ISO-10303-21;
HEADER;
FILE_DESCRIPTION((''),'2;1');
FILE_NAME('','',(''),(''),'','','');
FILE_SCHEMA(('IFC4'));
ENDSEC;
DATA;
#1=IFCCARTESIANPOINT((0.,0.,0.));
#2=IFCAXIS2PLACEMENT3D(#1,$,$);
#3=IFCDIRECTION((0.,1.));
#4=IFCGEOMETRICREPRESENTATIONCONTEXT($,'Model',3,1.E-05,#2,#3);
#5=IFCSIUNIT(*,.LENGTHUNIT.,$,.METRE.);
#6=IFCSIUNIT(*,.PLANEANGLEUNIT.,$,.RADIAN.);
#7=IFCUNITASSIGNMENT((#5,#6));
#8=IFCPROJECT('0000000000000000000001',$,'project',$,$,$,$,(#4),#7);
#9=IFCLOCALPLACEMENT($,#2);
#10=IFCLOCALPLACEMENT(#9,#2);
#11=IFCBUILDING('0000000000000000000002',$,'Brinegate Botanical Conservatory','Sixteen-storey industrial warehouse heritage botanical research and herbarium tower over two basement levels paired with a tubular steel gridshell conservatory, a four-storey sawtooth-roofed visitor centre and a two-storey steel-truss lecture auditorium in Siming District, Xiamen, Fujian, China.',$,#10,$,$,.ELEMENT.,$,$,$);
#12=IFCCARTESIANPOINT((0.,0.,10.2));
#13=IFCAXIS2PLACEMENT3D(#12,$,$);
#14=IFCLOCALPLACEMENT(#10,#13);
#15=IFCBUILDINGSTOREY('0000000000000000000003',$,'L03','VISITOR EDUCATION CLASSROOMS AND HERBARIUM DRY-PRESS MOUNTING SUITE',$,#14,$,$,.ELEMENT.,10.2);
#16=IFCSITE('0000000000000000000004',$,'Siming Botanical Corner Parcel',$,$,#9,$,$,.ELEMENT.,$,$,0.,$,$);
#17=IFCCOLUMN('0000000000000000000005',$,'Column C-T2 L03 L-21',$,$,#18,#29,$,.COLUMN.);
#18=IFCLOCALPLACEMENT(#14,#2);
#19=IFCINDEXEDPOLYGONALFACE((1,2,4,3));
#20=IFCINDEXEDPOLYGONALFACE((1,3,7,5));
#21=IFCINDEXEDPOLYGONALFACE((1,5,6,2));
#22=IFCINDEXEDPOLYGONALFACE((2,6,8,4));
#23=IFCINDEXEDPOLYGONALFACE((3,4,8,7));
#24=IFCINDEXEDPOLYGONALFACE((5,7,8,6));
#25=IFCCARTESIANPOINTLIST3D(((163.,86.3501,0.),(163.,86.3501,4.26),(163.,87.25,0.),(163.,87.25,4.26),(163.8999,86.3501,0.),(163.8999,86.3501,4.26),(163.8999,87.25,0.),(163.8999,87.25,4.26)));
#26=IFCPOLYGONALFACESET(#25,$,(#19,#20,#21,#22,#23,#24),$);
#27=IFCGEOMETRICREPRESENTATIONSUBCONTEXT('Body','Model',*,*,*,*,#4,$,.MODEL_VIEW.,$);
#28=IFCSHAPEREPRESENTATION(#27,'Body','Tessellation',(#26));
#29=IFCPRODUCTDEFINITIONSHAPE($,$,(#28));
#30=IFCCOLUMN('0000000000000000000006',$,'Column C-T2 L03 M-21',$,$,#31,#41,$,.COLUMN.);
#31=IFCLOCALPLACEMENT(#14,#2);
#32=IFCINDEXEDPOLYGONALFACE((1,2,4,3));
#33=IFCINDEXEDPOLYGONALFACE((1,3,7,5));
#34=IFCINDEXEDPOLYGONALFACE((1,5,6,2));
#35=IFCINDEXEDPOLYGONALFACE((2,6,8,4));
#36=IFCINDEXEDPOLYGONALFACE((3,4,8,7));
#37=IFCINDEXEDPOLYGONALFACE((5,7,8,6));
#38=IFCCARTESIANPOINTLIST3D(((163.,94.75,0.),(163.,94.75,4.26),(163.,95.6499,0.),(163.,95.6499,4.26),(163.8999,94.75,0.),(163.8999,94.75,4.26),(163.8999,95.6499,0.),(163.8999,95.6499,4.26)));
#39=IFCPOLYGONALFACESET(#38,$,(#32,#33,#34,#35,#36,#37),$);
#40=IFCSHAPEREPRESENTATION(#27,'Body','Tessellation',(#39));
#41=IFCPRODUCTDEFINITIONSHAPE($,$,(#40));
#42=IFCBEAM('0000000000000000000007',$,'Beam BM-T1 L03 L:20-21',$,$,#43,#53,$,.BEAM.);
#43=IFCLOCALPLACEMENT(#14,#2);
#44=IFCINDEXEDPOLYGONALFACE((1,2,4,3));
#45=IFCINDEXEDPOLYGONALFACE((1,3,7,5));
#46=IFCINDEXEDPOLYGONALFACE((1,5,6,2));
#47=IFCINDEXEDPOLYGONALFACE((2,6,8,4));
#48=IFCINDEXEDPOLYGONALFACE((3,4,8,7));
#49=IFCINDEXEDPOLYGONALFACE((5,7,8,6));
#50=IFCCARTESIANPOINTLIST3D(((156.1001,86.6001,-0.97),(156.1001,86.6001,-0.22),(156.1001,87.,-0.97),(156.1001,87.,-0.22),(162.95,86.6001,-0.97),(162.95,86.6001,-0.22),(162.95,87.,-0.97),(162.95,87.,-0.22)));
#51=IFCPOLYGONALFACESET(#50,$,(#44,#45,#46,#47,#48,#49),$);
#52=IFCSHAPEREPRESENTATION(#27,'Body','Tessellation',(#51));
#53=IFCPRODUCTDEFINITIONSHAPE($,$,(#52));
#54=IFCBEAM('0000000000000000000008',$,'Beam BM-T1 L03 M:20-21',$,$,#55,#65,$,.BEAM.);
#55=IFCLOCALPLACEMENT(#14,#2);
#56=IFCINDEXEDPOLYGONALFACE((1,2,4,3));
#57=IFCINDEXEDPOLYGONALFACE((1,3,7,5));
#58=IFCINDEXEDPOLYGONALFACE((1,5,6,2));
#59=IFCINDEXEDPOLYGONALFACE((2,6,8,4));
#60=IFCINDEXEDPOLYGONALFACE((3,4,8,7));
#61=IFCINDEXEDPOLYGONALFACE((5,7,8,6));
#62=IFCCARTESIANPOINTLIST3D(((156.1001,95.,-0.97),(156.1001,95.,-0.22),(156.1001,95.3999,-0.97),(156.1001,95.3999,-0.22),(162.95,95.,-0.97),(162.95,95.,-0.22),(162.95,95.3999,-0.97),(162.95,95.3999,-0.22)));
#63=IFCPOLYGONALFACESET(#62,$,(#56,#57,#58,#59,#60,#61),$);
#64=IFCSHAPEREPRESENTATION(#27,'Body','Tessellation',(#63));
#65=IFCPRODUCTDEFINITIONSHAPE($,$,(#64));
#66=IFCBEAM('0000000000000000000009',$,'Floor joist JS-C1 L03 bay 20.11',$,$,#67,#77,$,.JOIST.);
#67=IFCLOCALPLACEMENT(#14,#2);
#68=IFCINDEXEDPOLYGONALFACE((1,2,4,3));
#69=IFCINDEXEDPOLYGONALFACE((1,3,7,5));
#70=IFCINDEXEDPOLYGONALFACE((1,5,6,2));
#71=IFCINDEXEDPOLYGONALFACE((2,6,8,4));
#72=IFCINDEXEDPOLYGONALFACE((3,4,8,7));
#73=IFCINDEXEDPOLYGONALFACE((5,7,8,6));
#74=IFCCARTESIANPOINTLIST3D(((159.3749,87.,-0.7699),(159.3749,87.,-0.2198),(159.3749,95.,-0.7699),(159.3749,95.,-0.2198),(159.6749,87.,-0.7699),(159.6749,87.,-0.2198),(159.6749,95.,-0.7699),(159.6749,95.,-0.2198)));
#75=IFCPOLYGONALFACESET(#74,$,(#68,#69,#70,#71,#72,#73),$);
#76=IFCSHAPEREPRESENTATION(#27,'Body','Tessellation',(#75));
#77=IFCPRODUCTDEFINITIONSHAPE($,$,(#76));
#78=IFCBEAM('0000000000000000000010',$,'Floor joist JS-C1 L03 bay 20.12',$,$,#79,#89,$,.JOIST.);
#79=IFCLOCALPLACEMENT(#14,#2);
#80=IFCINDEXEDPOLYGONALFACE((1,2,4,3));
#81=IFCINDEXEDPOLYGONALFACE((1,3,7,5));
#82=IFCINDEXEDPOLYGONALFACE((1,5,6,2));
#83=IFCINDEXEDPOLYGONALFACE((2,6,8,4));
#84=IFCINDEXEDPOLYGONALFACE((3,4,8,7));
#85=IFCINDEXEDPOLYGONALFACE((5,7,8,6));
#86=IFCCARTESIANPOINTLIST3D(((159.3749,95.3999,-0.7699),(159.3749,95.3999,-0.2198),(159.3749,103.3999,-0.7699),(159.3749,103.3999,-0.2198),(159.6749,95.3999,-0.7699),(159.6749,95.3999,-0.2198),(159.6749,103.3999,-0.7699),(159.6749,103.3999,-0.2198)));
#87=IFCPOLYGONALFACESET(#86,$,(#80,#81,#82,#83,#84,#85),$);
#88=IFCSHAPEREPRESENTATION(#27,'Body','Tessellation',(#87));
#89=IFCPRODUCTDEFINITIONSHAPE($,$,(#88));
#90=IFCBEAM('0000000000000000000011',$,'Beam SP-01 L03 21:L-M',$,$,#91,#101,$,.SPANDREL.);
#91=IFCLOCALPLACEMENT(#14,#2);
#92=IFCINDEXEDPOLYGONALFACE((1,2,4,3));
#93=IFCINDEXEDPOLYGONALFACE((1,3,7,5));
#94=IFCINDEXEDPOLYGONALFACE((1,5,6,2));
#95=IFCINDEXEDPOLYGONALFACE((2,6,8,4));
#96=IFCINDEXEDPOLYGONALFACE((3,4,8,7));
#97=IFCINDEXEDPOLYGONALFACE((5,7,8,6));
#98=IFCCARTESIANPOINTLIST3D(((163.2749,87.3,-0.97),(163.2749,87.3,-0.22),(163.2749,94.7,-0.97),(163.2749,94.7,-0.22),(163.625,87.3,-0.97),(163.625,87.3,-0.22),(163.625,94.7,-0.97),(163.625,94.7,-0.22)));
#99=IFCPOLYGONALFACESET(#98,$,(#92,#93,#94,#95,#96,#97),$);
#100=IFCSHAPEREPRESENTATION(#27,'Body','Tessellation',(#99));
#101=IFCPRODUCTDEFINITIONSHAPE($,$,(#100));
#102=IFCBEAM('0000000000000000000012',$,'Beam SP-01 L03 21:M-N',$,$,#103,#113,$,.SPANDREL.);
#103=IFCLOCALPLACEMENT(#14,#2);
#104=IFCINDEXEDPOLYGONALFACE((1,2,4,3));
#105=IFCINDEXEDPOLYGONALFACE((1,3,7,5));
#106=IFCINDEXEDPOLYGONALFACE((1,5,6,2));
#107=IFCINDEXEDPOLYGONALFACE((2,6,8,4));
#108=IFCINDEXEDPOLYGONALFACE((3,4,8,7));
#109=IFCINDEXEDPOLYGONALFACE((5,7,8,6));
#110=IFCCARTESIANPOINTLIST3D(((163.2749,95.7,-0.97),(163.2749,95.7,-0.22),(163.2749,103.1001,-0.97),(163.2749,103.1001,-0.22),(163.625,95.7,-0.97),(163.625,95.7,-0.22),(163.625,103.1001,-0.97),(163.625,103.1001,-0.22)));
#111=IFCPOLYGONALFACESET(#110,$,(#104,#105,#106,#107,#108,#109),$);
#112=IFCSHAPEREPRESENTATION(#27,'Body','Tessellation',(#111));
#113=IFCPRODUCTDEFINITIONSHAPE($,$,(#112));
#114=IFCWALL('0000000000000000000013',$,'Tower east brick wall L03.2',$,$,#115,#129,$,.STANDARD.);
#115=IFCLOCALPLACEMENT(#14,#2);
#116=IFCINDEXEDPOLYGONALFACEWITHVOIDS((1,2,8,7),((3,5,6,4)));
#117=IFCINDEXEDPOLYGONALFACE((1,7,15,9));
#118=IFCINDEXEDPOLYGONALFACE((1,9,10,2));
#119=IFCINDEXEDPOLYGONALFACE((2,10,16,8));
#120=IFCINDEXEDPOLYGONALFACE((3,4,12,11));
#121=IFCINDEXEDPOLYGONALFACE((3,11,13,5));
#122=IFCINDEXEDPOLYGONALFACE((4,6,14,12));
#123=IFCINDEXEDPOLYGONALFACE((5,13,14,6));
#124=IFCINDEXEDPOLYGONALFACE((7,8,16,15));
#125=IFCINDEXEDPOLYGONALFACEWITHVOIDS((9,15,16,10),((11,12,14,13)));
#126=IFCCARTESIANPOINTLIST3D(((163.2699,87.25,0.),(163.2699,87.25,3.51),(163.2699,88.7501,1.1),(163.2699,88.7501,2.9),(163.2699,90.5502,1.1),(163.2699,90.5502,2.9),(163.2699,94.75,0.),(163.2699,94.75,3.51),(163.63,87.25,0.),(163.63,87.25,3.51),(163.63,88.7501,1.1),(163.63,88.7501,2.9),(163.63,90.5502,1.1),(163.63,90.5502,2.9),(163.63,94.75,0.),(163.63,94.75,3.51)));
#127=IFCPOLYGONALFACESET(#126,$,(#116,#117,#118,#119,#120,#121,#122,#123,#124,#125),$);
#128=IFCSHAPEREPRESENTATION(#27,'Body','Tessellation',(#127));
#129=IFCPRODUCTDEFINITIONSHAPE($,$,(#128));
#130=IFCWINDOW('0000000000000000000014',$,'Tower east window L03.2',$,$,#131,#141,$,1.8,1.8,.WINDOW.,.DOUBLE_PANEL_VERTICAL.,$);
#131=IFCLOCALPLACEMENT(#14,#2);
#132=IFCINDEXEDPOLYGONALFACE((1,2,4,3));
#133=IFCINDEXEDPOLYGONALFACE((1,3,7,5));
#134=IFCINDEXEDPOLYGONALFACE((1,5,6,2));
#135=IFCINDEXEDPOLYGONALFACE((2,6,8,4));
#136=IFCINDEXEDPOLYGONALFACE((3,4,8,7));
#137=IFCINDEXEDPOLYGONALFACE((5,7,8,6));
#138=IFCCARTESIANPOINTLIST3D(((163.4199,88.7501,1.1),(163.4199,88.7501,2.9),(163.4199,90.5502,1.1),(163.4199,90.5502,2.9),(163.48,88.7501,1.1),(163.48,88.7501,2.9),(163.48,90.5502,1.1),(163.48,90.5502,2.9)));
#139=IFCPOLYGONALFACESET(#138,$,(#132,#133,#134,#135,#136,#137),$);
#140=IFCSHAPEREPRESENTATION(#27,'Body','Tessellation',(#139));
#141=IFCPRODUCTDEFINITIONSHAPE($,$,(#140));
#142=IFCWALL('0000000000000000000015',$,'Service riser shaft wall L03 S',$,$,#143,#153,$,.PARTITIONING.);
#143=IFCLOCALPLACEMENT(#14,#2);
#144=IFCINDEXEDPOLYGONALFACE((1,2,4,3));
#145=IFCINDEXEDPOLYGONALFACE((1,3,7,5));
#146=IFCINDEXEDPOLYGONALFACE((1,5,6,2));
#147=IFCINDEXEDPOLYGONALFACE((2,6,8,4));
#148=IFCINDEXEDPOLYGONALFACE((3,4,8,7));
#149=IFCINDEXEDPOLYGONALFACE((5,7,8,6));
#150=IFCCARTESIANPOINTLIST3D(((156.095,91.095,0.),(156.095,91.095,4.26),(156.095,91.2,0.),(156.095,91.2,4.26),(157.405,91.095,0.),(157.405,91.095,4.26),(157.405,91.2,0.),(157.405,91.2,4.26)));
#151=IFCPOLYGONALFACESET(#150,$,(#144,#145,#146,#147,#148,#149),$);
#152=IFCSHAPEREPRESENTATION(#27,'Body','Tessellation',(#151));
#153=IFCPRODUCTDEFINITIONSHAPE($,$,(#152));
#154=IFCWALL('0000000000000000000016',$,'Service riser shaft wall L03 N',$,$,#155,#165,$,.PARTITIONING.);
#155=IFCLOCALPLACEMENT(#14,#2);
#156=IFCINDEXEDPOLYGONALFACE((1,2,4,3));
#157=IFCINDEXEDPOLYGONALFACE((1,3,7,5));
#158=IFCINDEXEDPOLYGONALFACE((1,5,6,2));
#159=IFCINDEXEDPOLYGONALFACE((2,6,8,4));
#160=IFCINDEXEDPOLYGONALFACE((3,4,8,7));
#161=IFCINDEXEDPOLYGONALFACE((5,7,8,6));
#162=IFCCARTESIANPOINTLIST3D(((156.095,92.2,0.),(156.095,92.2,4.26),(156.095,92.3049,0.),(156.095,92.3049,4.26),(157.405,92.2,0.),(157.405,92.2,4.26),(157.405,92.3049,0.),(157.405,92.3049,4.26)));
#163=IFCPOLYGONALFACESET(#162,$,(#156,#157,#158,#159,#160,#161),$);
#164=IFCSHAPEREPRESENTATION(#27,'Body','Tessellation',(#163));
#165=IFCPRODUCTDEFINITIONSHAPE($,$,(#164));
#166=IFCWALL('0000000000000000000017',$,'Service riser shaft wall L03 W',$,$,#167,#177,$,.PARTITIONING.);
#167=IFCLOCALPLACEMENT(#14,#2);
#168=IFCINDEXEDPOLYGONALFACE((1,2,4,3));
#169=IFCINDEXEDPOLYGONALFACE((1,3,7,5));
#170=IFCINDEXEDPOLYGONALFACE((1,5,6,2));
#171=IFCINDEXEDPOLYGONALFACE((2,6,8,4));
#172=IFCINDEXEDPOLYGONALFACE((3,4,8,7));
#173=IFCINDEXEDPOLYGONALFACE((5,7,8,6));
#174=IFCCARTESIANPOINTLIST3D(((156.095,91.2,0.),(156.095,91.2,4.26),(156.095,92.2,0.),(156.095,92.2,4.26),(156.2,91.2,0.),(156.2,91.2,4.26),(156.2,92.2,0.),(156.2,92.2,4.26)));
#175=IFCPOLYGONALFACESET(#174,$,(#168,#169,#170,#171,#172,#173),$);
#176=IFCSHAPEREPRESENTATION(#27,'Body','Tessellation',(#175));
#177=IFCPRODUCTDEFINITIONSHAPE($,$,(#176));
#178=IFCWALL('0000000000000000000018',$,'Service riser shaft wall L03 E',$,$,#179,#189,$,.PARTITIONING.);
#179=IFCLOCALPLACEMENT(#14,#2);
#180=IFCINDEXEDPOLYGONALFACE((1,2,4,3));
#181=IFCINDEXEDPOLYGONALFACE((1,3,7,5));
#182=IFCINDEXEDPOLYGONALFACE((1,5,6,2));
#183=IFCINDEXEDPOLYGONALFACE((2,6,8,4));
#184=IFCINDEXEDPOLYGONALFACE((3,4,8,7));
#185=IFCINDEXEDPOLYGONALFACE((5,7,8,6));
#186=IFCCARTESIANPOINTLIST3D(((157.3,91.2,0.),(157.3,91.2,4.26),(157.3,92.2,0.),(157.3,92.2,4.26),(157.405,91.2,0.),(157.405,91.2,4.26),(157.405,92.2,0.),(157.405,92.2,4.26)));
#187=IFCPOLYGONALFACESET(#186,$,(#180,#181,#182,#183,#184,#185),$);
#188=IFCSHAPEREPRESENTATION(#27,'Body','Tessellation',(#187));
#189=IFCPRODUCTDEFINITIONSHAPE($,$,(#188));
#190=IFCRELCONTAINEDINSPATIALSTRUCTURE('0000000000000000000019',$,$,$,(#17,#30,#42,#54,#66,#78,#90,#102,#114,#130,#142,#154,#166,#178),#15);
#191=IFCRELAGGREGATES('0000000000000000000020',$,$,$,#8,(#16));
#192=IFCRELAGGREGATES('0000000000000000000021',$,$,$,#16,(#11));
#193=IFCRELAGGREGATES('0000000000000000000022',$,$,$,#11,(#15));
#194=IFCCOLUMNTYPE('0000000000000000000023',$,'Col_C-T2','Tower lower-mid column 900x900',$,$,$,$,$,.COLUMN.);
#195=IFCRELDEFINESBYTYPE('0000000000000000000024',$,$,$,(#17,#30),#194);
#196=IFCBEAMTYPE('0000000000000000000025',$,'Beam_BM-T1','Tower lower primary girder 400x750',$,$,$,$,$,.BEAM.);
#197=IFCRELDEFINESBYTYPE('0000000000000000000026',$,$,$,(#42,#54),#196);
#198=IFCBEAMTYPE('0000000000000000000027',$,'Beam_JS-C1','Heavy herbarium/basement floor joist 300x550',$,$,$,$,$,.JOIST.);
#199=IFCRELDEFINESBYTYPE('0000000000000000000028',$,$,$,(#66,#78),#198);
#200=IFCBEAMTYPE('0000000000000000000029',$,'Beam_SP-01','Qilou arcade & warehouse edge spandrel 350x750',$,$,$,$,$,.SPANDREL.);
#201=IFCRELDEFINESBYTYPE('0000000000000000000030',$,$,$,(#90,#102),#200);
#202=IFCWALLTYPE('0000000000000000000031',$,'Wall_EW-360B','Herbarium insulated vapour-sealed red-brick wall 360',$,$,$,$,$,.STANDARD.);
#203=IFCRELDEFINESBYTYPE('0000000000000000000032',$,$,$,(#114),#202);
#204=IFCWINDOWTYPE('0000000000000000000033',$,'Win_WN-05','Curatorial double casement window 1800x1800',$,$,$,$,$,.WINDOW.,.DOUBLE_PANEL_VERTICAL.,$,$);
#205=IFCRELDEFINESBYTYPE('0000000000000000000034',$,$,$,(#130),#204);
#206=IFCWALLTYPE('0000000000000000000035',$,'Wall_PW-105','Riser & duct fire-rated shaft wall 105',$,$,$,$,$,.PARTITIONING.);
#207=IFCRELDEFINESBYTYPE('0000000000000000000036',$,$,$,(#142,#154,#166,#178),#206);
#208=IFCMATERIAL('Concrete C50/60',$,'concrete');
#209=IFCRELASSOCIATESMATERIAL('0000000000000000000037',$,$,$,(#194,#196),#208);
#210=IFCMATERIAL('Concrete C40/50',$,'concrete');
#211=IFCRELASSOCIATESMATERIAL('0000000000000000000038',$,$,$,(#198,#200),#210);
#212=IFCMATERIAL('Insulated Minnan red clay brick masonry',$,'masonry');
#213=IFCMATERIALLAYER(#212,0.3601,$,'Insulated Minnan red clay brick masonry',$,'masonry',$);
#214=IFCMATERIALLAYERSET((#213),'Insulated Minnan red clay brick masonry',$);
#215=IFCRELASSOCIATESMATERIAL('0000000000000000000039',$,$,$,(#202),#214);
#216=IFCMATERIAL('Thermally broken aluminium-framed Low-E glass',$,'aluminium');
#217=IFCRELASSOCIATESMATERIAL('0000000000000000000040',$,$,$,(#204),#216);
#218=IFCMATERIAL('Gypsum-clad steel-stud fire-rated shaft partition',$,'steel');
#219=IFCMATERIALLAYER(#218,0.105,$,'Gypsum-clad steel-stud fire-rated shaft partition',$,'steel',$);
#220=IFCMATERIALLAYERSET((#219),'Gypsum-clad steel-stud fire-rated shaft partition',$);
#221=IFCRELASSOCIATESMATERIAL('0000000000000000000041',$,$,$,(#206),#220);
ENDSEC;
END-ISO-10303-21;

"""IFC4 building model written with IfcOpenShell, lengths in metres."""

from ifc_helpers import new_model, si_unit, direction, frame, frame_2d, origin, origin_2d, place, context, subcontext, project, spatial, rectangle, extrude, material, layer, layer_set, material_profile, profile_set, type_object, element, fill, save


model = new_model("IFC4")

# Units and contexts
model_context = context("Model", 3, precision=1e-05, world=origin(), true_north=direction((0.0, 1.0)))
body_context = subcontext(model_context, "Body", "Model", "MODEL_VIEW")
ifc_project = project(units=[si_unit("LENGTHUNIT", "METRE"), si_unit("PLANEANGLEUNIT", "RADIAN")], contexts=[model_context])

# Site, building, storey
site_placement = place(None, origin())
site = spatial("IfcSite", under=ifc_project, at=site_placement, Name="Siming Botanical Corner Parcel", CompositionType="ELEMENT", RefElevation=0.0)
building_placement = place(site_placement, origin())
building = spatial("IfcBuilding", under=site, at=building_placement, Name="Brinegate Botanical Conservatory", Description="Sixteen-storey industrial warehouse heritage botanical research and herbarium tower over two basement levels paired with a tubular steel gridshell conservatory, a four-storey sawtooth-roofed visitor centre and a two-storey steel-truss lecture auditorium in Siming District, Xiamen, Fujian, China.", CompositionType="ELEMENT")
storey_placement = place(building_placement, frame((0.0, 0.0, 10.2)))
storey = spatial("IfcBuildingStorey", under=building, at=storey_placement, Name="L03", Description="VISITOR EDUCATION CLASSROOMS AND HERBARIUM DRY-PRESS MOUNTING SUITE", CompositionType="ELEMENT", Elevation=10.2)

# Columns
ifc_material_1 = material(Name="Concrete C50/60", Category="concrete")
ifc_material_profile_1 = material_profile(ifc_material_1, rectangle(XDim=0.8999, YDim=0.8999, at=origin_2d()), Name="RC COL 900x900")
ifc_profile_set_1 = profile_set([ifc_material_profile_1], Name="Concrete C50/60")
column_type = type_object("IfcColumnType", Name="Col_C-T2", Description="Tower lower-mid column 900x900", PredefinedType="COLUMN", material=ifc_profile_set_1)
for number, where, z_axis, x_axis, name in (
    (1, (163.45, 86.8, 0.0), (0.0, 0.0, 1.0), (1.0, 0.0, 0.0), "Column C-T2 L03 L-21"),
    (2, (163.45, 95.2, 0.0), (0.0, 0.0, 1.0), (1.0, 0.0, 0.0), "Column C-T2 L03 M-21"),
):
    element("IfcColumn", number, at=place(storey_placement, frame(where, z_axis=z_axis, x_axis=x_axis)), inside=storey, type_object=column_type, Name=name, PredefinedType="COLUMN", context=body_context, shape_type="SweptSolid", body=[
        extrude(rectangle(XDim=0.8999, YDim=0.8999, at=origin_2d()), origin(), (0.0, 0.0, 1.0), 4.26),
    ])

# Beams
ifc_material_profile_2 = material_profile(ifc_material_1, rectangle(XDim=0.3999, YDim=0.75, at=origin_2d()), Name="RC BM 400x750")
ifc_profile_set_2 = profile_set([ifc_material_profile_2], Name="Concrete C50/60")
beam_type_1 = type_object("IfcBeamType", Name="Beam_BM-T1", Description="Tower lower primary girder 400x750", PredefinedType="BEAM", material=ifc_profile_set_2)
for number, where, z_axis, x_axis, name in (
    (3, (156.1001, 86.8, -0.595), (1.0, 0.0, 0.0), (0.0, 1.0, 0.0), "Beam BM-T1 L03 L:20-21"),
    (4, (156.1001, 95.2, -0.595), (1.0, 0.0, 0.0), (0.0, 1.0, 0.0), "Beam BM-T1 L03 M:20-21"),
):
    element("IfcBeam", number, at=place(storey_placement, frame(where, z_axis=z_axis, x_axis=x_axis)), inside=storey, type_object=beam_type_1, Name=name, PredefinedType="BEAM", context=body_context, shape_type="SweptSolid", body=[
        extrude(rectangle(XDim=0.3999, YDim=0.75, at=origin_2d()), origin(), (0.0, 0.0, 1.0), 6.8499),
    ])
ifc_material_2 = material(Name="Concrete C40/50", Category="concrete")
ifc_material_profile_3 = material_profile(ifc_material_2, rectangle(XDim=0.3, YDim=0.55, at=origin_2d()), Name="RC JST 300x550")
ifc_profile_set_3 = profile_set([ifc_material_profile_3], Name="Concrete C40/50")
beam_type_2 = type_object("IfcBeamType", Name="Beam_JS-C1", Description="Heavy herbarium/basement floor joist 300x550", PredefinedType="JOIST", material=ifc_profile_set_3)
for number, where, z_axis, x_axis, name in (
    (5, (159.5249, 87.0, -0.4949), (0.0, 1.0, 0.0), (-1.0, 0.0, 0.0), "Floor joist JS-C1 L03 bay 20.11"),
    (6, (159.5249, 95.3999, -0.4949), (0.0, 1.0, 0.0), (-1.0, 0.0, 0.0), "Floor joist JS-C1 L03 bay 20.12"),
):
    element("IfcBeam", number, at=place(storey_placement, frame(where, z_axis=z_axis, x_axis=x_axis)), inside=storey, type_object=beam_type_2, Name=name, PredefinedType="JOIST", context=body_context, shape_type="SweptSolid", body=[
        extrude(rectangle(XDim=0.3, YDim=0.55, at=origin_2d()), origin(), (0.0, 0.0, 1.0), 8.0),
    ])
ifc_material_profile_4 = material_profile(ifc_material_2, rectangle(XDim=0.3501, YDim=0.75, at=origin_2d()), Name="RC SPN 350x750")
ifc_profile_set_4 = profile_set([ifc_material_profile_4], Name="Concrete C40/50")
beam_type_3 = type_object("IfcBeamType", Name="Beam_SP-01", Description="Qilou arcade & warehouse edge spandrel 350x750", PredefinedType="SPANDREL", material=ifc_profile_set_4)
beam_1_placement = place(storey_placement, frame((163.45, 87.3, -0.595), z_axis=(0.0, 1.0, 0.0), x_axis=(-1.0, 0.0, 0.0)))
element("IfcBeam", 7, at=beam_1_placement, inside=storey, type_object=beam_type_3, Name="Beam SP-01 L03 21:L-M", PredefinedType="SPANDREL", context=body_context, shape_type="SweptSolid", body=[
    extrude(rectangle(XDim=0.3501, YDim=0.75, at=origin_2d()), origin(), (0.0, 0.0, 1.0), 7.3999),
])
beam_2_placement = place(storey_placement, frame((163.45, 95.7, -0.595), z_axis=(0.0, 1.0, 0.0), x_axis=(-1.0, 0.0, 0.0)))
element("IfcBeam", 8, at=beam_2_placement, inside=storey, type_object=beam_type_3, Name="Beam SP-01 L03 21:M-N", PredefinedType="SPANDREL", context=body_context, shape_type="SweptSolid", body=[
    extrude(rectangle(XDim=0.3501, YDim=0.75, at=origin_2d()), origin(), (0.0, 0.0, 1.0), 7.4001),
])

# Wall, opening, window
ifc_material_3 = material(Name="Insulated Minnan red clay brick masonry", Category="masonry")
ifc_layer_1 = layer(ifc_material_3, 0.3601, Name="Insulated Minnan red clay brick masonry", Category="masonry")
ifc_layer_set_1 = layer_set([ifc_layer_1], Name="Insulated Minnan red clay brick masonry")
wall_type_1 = type_object("IfcWallType", Name="Wall_EW-360B", Description="Herbarium insulated vapour-sealed red-brick wall 360", PredefinedType="STANDARD", material=ifc_layer_set_1)
wall_1_placement = place(storey_placement, frame((163.45, 94.75, 0.0), z_axis=(0.0, 0.0, 1.0), x_axis=(0.0, -1.0, 0.0)))
wall_1 = element("IfcWall", 9, at=wall_1_placement, inside=storey, type_object=wall_type_1, Name="Tower east brick wall L03.2", PredefinedType="STANDARD", context=body_context, shape_type="SweptSolid", body=[
    extrude(rectangle(XDim=7.5, YDim=0.3601, at=frame_2d((3.75, 0.0))), origin(), (0.0, 0.0, 1.0), 3.51),
])
opening_1_placement = place(wall_1_placement, frame((4.2, 0.0, 1.1001)))
opening_1 = element("IfcOpeningElement", 10, at=opening_1_placement, cuts=wall_1, PredefinedType="OPENING", context=body_context, shape_type="SweptSolid", body=[
    extrude(rectangle(XDim=1.8, YDim=1.8, at=frame_2d((0.8999, 0.8999))), frame((0.0, 0.1899, 0.0), z_axis=(0.0, -1.0, 0.0), x_axis=(1.0, 0.0, 0.0)), (0.0, 0.0, 1.0), 0.3801),
])
ifc_material_4 = material(Name="Thermally broken aluminium-framed Low-E glass", Category="aluminium")
window_type = type_object("IfcWindowType", Name="Win_WN-05", Description="Curatorial double casement window 1800x1800", PartitioningType="DOUBLE_PANEL_VERTICAL", PredefinedType="WINDOW", material=ifc_material_4)
window_placement = place(opening_1_placement, origin())
window = element("IfcWindow", 11, at=window_placement, inside=storey, type_object=window_type, Name="Tower east window L03.2", OverallHeight=1.8, OverallWidth=1.8, PartitioningType="DOUBLE_PANEL_VERTICAL", PredefinedType="WINDOW", context=body_context, shape_type="SweptSolid", body=[
    extrude(rectangle(XDim=1.8, YDim=1.8, at=frame_2d((0.8999, 0.8999))), frame((0.0, 0.03, 0.0), z_axis=(0.0, -1.0, 0.0), x_axis=(1.0, 0.0, 0.0)), (0.0, 0.0, 1.0), 0.0601),
])
fill(opening_1, window)

# Walls
ifc_material_5 = material(Name="Gypsum-clad steel-stud fire-rated shaft partition", Category="steel")
ifc_layer_2 = layer(ifc_material_5, 0.105, Name="Gypsum-clad steel-stud fire-rated shaft partition", Category="steel")
ifc_layer_set_2 = layer_set([ifc_layer_2], Name="Gypsum-clad steel-stud fire-rated shaft partition")
wall_type_2 = type_object("IfcWallType", Name="Wall_PW-105", Description="Riser & duct fire-rated shaft wall 105", PredefinedType="PARTITIONING", material=ifc_layer_set_2)
for number, where, z_axis, x_axis, name in (
    (12, (156.095, 91.1475, 0.0), (0.0, 0.0, 1.0), (1.0, 0.0, 0.0), "Service riser shaft wall L03 S"),
    (13, (156.095, 92.2524, 0.0), (0.0, 0.0, 1.0), (1.0, 0.0, 0.0), "Service riser shaft wall L03 N"),
):
    element("IfcWall", number, at=place(storey_placement, frame(where, z_axis=z_axis, x_axis=x_axis)), inside=storey, type_object=wall_type_2, Name=name, PredefinedType="PARTITIONING", context=body_context, shape_type="SweptSolid", body=[
        extrude(rectangle(XDim=1.3101, YDim=0.105, at=frame_2d((0.655, 0.0))), origin(), (0.0, 0.0, 1.0), 4.26),
    ])
for number, where, z_axis, x_axis, name in (
    (14, (156.1475, 91.2, 0.0), (0.0, 0.0, 1.0), (0.0, 1.0, 0.0), "Service riser shaft wall L03 W"),
    (15, (157.3525, 91.2, 0.0), (0.0, 0.0, 1.0), (0.0, 1.0, 0.0), "Service riser shaft wall L03 E"),
):
    element("IfcWall", number, at=place(storey_placement, frame(where, z_axis=z_axis, x_axis=x_axis)), inside=storey, type_object=wall_type_2, Name=name, PredefinedType="PARTITIONING", context=body_context, shape_type="SweptSolid", body=[
        extrude(rectangle(XDim=1.0, YDim=0.105, at=frame_2d((0.5, 0.0))), origin(), (0.0, 0.0, 1.0), 4.26),
    ])

save(model, "model.ifc")
